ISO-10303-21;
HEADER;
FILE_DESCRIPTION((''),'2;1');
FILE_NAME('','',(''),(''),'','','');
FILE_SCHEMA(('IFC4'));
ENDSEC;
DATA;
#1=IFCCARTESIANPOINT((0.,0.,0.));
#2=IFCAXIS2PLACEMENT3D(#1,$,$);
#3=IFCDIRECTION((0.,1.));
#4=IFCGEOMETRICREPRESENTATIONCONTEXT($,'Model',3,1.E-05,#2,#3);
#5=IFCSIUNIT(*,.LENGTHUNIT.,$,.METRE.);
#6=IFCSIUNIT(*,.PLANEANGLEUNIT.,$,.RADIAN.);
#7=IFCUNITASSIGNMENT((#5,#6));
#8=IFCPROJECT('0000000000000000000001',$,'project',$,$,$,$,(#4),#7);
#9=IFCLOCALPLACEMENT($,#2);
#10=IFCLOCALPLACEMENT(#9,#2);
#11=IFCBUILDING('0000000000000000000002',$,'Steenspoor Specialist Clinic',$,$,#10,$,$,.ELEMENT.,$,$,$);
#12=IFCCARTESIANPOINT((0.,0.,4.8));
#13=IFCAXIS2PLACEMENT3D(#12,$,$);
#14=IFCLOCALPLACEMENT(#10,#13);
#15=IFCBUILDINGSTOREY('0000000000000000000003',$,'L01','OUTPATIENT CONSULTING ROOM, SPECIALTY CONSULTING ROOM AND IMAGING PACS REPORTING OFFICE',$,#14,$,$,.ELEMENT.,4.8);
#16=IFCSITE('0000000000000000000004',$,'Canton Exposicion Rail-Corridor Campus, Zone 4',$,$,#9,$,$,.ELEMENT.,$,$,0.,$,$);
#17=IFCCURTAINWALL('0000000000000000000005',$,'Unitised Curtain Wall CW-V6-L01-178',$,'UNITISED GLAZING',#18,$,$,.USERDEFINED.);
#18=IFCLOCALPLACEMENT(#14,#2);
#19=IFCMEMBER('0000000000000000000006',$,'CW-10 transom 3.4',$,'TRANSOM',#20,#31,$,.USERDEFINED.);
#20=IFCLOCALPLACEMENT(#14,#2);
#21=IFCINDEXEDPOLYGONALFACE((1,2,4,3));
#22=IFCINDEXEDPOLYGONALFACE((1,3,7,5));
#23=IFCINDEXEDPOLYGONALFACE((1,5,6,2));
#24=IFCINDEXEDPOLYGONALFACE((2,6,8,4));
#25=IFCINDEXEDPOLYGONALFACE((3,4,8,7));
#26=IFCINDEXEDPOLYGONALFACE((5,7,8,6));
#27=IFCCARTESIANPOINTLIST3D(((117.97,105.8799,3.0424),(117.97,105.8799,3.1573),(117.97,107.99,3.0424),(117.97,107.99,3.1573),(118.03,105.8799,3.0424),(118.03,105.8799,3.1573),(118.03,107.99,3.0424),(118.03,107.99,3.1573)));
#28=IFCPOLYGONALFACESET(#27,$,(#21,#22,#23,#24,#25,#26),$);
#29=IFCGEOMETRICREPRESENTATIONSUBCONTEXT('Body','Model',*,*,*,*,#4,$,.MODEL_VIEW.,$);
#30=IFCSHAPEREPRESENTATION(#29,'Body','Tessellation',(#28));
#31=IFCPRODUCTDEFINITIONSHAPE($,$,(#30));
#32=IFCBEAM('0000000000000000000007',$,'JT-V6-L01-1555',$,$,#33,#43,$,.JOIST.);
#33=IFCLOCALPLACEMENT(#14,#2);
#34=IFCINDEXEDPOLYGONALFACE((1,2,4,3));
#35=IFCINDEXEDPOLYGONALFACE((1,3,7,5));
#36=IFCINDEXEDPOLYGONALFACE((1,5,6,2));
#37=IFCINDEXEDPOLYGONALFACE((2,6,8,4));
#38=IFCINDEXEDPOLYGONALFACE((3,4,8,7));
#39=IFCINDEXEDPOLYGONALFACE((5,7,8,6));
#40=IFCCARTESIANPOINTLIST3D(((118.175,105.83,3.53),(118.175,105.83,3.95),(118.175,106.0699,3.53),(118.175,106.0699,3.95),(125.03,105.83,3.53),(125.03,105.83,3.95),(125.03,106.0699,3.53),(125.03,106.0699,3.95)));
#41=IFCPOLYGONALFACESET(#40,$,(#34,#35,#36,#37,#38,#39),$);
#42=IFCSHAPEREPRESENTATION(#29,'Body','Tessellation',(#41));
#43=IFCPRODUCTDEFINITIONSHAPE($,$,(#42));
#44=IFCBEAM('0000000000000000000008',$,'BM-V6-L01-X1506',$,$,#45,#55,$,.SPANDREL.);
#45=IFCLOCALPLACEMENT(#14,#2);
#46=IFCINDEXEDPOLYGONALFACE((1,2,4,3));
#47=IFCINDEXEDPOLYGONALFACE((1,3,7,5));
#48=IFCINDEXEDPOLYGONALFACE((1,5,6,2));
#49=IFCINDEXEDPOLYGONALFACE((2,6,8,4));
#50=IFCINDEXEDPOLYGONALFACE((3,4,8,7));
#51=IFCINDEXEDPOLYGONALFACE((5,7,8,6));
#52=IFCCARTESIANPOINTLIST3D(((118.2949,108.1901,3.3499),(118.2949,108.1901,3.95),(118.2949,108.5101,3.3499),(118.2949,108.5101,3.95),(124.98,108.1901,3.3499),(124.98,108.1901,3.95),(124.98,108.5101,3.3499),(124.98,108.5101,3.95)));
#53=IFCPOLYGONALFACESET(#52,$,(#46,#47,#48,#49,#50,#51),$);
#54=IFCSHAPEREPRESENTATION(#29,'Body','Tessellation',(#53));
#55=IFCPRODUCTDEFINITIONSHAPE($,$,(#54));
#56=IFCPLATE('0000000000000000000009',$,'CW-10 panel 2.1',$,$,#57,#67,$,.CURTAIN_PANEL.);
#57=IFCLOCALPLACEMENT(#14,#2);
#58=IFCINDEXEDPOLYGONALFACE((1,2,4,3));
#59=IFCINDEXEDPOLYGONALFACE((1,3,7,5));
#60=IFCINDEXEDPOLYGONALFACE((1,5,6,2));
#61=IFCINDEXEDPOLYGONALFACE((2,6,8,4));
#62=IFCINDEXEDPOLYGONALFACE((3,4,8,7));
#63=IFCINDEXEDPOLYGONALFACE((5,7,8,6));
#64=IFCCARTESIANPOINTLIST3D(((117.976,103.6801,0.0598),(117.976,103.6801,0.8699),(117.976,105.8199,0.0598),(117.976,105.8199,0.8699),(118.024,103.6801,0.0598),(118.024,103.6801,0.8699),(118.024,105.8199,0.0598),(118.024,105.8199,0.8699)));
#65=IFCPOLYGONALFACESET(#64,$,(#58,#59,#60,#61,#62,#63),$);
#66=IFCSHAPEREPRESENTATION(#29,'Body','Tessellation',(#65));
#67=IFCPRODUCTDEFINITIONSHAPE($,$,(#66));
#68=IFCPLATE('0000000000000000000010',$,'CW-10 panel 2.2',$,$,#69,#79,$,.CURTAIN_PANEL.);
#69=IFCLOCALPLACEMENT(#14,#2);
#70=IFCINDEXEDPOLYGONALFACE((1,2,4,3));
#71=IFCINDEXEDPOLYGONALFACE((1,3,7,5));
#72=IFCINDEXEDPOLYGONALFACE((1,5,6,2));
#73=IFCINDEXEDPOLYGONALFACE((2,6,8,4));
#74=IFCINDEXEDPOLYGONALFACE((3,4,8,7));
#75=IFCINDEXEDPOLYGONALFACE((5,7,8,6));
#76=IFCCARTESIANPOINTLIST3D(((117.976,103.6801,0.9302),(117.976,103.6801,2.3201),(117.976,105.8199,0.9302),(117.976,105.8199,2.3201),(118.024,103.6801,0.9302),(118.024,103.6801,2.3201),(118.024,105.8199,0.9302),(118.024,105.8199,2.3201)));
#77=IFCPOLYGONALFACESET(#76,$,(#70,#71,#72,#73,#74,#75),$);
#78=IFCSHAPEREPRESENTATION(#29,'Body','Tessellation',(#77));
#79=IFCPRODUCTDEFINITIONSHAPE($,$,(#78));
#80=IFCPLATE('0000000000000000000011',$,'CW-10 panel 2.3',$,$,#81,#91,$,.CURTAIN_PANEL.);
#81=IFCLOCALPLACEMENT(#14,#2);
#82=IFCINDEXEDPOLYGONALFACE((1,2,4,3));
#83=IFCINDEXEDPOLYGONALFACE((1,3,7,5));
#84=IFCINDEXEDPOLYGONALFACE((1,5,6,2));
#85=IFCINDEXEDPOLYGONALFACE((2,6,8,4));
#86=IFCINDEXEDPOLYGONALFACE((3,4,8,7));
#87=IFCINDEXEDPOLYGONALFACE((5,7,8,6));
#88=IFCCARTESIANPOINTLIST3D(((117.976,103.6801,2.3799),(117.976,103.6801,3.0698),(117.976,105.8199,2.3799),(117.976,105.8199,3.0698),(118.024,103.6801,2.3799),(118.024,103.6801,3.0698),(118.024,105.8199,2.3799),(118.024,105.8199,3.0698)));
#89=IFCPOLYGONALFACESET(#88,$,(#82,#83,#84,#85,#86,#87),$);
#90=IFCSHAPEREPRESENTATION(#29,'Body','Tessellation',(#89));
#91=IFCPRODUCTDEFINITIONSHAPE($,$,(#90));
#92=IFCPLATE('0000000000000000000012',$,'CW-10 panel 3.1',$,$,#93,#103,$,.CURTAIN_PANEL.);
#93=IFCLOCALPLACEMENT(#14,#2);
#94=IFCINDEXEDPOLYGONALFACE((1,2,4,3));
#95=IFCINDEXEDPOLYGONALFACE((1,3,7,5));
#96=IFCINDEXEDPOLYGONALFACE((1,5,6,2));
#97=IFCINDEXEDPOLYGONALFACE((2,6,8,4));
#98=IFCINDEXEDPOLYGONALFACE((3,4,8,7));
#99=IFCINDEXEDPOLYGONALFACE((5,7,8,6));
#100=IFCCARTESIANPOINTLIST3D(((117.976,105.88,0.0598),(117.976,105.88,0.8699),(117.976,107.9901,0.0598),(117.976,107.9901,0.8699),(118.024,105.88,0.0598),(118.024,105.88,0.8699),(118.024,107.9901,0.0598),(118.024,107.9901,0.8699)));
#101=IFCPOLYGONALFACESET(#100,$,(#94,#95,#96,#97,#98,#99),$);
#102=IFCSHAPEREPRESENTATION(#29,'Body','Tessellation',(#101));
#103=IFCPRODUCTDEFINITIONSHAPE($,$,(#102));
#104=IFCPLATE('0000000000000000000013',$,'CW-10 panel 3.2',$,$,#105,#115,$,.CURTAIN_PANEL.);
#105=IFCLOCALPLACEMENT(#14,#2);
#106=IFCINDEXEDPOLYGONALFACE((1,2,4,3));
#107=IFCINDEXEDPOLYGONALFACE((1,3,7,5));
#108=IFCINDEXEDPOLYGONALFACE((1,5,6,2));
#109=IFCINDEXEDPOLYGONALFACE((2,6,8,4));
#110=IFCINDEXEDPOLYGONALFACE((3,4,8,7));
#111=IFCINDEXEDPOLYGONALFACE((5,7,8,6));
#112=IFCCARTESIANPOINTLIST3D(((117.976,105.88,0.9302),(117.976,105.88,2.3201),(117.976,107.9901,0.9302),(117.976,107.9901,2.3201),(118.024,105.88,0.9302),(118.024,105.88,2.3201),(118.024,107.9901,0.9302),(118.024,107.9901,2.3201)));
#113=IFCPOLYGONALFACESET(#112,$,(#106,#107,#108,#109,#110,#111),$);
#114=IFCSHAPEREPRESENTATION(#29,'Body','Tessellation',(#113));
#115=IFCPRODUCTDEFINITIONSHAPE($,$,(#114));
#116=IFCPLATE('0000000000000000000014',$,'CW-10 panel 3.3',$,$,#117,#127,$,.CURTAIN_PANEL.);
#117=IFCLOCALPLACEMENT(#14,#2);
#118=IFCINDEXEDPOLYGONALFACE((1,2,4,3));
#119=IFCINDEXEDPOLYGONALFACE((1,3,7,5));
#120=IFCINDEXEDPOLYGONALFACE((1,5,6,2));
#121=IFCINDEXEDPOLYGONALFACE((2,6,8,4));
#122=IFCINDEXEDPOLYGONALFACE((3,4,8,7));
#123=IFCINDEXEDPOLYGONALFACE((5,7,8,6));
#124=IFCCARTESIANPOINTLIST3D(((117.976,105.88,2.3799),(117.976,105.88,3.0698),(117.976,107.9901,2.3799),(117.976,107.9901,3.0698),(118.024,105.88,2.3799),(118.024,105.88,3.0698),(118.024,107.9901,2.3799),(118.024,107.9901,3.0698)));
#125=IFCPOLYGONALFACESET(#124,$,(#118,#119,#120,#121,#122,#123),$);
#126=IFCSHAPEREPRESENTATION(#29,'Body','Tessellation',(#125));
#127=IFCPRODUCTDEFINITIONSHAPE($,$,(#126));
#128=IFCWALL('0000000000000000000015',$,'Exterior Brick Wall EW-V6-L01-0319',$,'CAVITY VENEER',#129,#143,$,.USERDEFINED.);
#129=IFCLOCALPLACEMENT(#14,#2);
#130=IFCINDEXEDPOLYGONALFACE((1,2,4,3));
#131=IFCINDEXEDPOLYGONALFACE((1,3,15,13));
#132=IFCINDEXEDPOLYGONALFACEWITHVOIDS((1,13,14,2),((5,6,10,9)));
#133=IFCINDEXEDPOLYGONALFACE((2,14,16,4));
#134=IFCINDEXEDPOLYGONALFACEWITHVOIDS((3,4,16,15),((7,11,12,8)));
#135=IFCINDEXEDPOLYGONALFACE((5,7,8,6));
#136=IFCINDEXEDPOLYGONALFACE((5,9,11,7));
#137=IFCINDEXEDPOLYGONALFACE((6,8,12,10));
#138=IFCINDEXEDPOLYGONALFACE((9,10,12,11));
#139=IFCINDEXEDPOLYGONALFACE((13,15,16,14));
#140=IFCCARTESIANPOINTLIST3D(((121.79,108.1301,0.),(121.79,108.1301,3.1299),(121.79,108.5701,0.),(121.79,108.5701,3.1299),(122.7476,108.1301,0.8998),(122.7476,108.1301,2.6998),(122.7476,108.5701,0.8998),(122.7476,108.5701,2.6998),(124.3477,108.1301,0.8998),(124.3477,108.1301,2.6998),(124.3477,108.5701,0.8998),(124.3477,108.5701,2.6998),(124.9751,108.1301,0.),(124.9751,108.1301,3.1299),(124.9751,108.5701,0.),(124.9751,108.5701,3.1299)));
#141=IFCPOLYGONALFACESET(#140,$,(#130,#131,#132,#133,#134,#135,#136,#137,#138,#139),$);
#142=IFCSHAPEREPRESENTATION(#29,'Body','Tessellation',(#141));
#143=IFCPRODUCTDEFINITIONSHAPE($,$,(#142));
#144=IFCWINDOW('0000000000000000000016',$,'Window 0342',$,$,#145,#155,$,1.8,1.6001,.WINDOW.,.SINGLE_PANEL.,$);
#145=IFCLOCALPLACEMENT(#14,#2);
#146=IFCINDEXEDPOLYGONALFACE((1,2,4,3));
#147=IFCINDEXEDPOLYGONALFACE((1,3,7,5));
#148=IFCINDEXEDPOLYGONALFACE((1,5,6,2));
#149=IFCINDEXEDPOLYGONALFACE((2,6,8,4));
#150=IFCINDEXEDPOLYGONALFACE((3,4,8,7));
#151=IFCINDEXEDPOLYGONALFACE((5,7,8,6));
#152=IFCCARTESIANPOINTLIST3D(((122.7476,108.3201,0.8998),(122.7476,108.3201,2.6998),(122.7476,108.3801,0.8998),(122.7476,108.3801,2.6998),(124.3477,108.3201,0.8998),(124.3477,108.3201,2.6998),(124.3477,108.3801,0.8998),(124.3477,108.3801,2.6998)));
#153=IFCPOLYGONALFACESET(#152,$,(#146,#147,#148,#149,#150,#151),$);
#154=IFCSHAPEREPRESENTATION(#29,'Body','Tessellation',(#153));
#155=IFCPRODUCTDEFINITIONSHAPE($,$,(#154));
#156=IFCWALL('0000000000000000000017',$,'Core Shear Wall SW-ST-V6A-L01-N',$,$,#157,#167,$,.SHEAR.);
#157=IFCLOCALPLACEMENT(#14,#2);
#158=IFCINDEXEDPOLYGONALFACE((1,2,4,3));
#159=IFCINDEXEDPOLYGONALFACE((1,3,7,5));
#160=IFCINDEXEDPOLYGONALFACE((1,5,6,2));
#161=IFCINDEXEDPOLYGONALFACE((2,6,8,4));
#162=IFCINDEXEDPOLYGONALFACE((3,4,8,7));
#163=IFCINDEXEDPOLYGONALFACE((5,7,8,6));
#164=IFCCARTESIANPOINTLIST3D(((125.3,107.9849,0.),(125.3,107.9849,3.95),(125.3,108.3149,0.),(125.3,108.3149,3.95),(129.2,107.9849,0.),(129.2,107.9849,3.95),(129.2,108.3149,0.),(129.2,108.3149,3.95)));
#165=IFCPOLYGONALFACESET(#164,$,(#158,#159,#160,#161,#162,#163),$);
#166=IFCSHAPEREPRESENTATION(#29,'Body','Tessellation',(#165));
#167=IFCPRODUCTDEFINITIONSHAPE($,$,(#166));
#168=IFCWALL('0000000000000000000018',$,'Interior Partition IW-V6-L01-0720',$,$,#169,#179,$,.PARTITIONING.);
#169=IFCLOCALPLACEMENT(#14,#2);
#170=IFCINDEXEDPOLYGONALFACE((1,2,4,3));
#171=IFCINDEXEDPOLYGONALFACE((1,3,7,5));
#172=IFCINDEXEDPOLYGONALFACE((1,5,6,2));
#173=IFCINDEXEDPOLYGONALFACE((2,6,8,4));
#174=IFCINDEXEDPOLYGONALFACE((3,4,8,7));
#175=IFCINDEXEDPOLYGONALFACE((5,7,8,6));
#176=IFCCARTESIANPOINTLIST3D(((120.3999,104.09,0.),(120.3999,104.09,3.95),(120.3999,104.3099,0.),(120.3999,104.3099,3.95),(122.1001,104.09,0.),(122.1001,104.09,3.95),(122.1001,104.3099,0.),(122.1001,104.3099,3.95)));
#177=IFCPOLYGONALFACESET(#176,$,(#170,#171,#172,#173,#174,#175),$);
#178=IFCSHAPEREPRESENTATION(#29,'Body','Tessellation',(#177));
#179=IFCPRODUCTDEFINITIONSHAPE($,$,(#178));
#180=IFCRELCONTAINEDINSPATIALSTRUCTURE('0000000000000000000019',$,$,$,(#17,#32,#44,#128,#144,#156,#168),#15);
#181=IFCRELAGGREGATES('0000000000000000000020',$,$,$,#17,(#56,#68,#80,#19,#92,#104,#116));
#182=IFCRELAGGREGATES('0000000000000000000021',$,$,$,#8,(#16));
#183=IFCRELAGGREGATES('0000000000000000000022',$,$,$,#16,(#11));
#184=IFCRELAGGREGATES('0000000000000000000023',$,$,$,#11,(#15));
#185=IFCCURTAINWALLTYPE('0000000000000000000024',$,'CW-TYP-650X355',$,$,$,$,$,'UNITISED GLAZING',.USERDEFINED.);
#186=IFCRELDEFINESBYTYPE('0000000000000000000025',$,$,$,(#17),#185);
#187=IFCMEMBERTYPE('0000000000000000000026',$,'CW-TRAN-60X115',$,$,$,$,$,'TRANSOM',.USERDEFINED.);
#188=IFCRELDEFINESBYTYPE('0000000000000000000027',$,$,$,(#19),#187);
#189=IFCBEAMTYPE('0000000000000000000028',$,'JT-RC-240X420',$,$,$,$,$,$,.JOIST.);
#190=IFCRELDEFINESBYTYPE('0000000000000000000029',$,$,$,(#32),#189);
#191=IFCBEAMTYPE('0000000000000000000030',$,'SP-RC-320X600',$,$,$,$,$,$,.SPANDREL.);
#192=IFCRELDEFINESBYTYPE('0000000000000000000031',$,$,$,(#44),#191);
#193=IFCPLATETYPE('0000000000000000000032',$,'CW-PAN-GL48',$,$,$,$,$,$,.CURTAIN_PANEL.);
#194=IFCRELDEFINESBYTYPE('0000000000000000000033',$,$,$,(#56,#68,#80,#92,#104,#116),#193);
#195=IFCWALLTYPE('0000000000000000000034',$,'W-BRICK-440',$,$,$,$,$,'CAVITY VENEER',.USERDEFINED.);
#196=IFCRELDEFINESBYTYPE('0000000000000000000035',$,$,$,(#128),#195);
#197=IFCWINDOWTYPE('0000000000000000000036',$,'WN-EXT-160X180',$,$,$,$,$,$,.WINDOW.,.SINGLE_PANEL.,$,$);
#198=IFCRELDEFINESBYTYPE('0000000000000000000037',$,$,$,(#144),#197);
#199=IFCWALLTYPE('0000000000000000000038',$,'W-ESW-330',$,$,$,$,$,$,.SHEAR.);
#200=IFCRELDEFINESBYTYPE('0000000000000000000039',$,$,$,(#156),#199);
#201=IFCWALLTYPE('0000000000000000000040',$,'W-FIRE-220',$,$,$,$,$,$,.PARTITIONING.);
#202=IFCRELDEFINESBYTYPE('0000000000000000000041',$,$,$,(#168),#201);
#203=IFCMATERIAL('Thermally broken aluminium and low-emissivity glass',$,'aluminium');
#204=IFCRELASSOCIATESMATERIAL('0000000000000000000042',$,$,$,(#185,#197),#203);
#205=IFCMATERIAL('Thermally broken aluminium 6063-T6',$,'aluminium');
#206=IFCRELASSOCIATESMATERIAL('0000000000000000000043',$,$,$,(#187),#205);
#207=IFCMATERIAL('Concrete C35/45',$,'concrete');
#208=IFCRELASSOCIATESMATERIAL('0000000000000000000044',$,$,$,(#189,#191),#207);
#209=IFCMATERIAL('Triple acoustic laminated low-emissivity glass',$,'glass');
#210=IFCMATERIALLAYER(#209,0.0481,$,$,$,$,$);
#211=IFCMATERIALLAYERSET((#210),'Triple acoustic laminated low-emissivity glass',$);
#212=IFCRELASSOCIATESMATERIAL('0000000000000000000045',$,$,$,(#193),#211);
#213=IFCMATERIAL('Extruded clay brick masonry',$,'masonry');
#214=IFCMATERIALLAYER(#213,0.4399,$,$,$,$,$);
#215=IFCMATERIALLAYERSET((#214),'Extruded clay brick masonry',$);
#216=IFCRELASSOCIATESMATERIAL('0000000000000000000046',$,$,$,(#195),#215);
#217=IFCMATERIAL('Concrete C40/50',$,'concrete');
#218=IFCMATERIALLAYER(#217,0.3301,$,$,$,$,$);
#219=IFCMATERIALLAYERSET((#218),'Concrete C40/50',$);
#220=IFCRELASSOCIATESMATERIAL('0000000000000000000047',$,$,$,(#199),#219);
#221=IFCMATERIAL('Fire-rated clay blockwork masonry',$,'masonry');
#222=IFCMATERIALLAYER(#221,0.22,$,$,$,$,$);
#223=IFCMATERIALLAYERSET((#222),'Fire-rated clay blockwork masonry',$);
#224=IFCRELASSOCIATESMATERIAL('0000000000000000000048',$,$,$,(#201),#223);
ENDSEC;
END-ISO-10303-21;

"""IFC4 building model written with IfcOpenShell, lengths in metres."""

from ifc_helpers import new_model, si_unit, direction, frame, frame_2d, origin, origin_2d, place, context, subcontext, project, spatial, rectangle, extrude, material, layer, layer_set, material_profile, profile_set, type_object, element, fill, aggregate, save


model = new_model("IFC4")

# Units and contexts
model_context = context("Model", 3, precision=1e-05, world=origin(), true_north=direction((0.0, 1.0)))
body_context = subcontext(model_context, "Body", "Model", "MODEL_VIEW")
ifc_project = project(units=[si_unit("LENGTHUNIT", "METRE"), si_unit("PLANEANGLEUNIT", "RADIAN")], contexts=[model_context])

# Site, building, storey
site_placement = place(None, origin())
site = spatial("IfcSite", under=ifc_project, at=site_placement, Name="Canton Exposicion Rail-Corridor Campus, Zone 4", CompositionType="ELEMENT", RefElevation=0.0)
building_placement = place(site_placement, origin())
building = spatial("IfcBuilding", under=site, at=building_placement, Name="Steenspoor Specialist Clinic", CompositionType="ELEMENT")
storey_placement = place(building_placement, frame((0.0, 0.0, 4.8)))
storey = spatial("IfcBuildingStorey", under=building, at=storey_placement, Name="L01", Description="OUTPATIENT CONSULTING ROOM, SPECIALTY CONSULTING ROOM AND IMAGING PACS REPORTING OFFICE", CompositionType="ELEMENT", Elevation=4.8)

# Shared definitions
ifc_material_1 = material(Name="Concrete C40/50", Category="concrete")

# Shared definitions
ifc_material_2 = material(Name="Concrete C35/45", Category="concrete")

# Curtain wall, member
ifc_material_3 = material(Name="Thermally broken aluminium and low-emissivity glass", Category="aluminium")
curtain_wall_type = type_object("IfcCurtainWallType", Name="CW-TYP-650X355", ElementType="UNITISED GLAZING", PredefinedType="USERDEFINED", material=ifc_material_3)
curtain_wall_placement = place(storey_placement, origin())
curtain_wall = element("IfcCurtainWall", 1, at=curtain_wall_placement, inside=storey, type_object=curtain_wall_type, Name="Unitised Curtain Wall CW-V6-L01-178", ObjectType="UNITISED GLAZING", PredefinedType="USERDEFINED")
ifc_material_4 = material(Name="Thermally broken aluminium 6063-T6", Category="aluminium")
ifc_material_profile_1 = material_profile(ifc_material_4, rectangle(XDim=0.0601, YDim=0.115, at=origin_2d()), Name="CWT-60X115")
ifc_profile_set_1 = profile_set([ifc_material_profile_1], Name="Thermally broken aluminium 6063-T6")
member_type_1 = type_object("IfcMemberType", Name="CW-TRAN-60X115", ElementType="TRANSOM", PredefinedType="USERDEFINED", material=ifc_profile_set_1)
member_1_placement = place(storey_placement, frame((118.0, 105.8799, 3.0999), z_axis=(0.0, 1.0, 0.0), x_axis=(-1.0, 0.0, 0.0)))
member_1 = element("IfcMember", 2, at=member_1_placement, type_object=member_type_1, Name="CW-10 transom 3.4", ObjectType="TRANSOM", PredefinedType="USERDEFINED", context=body_context, shape_type="SweptSolid", body=[
    extrude(rectangle(XDim=0.0601, YDim=0.115, at=origin_2d()), origin(), (0.0, 0.0, 1.0), 2.1101),
])

# Beams
ifc_material_profile_2 = material_profile(ifc_material_2, rectangle(XDim=0.24, YDim=0.4199, at=origin_2d()), Name="RC-JT-240X420")
ifc_profile_set_2 = profile_set([ifc_material_profile_2], Name="Concrete C35/45")
beam_type_1 = type_object("IfcBeamType", Name="JT-RC-240X420", PredefinedType="JOIST", material=ifc_profile_set_2)
beam_1_placement = place(storey_placement, frame((118.175, 105.95, 3.74), z_axis=(1.0, 0.0, 0.0), x_axis=(0.0, 1.0, 0.0)))
element("IfcBeam", 3, at=beam_1_placement, inside=storey, type_object=beam_type_1, Name="JT-V6-L01-1555", PredefinedType="JOIST", context=body_context, shape_type="SweptSolid", body=[
    extrude(rectangle(XDim=0.24, YDim=0.4199, at=origin_2d()), origin(), (0.0, 0.0, 1.0), 6.855),
])
ifc_material_profile_3 = material_profile(ifc_material_2, rectangle(XDim=0.3201, YDim=0.6001, at=origin_2d()), Name="RC-SP-320X600")
ifc_profile_set_3 = profile_set([ifc_material_profile_3], Name="Concrete C35/45")
beam_type_2 = type_object("IfcBeamType", Name="SP-RC-320X600", PredefinedType="SPANDREL", material=ifc_profile_set_3)
beam_2_placement = place(storey_placement, frame((118.2949, 108.3501, 3.6499), z_axis=(1.0, 0.0, 0.0), x_axis=(0.0, 1.0, 0.0)))
element("IfcBeam", 4, at=beam_2_placement, inside=storey, type_object=beam_type_2, Name="BM-V6-L01-X1506", PredefinedType="SPANDREL", context=body_context, shape_type="SweptSolid", body=[
    extrude(rectangle(XDim=0.3201, YDim=0.6001, at=origin_2d()), origin(), (0.0, 0.0, 1.0), 6.6851),
])

# Plates
ifc_material_5 = material(Name="Triple acoustic laminated low-emissivity glass", Category="glass")
ifc_layer_1 = layer(ifc_material_5, 0.0481)
ifc_layer_set_1 = layer_set([ifc_layer_1], Name="Triple acoustic laminated low-emissivity glass")
plate_type = type_object("IfcPlateType", Name="CW-PAN-GL48", PredefinedType="CURTAIN_PANEL", material=ifc_layer_set_1)
plate_1_placement = place(storey_placement, frame((118.0, 104.75, 0.0598), z_axis=(0.0, 0.0, 1.0), x_axis=(0.0, 1.0, 0.0)))
plate_1 = element("IfcPlate", 5, at=plate_1_placement, type_object=plate_type, Name="CW-10 panel 2.1", PredefinedType="CURTAIN_PANEL", context=body_context, shape_type="SweptSolid", body=[
    extrude(rectangle(XDim=2.1399, YDim=0.0481, at=origin_2d()), origin(), (0.0, 0.0, 1.0), 0.8101),
])
plate_2_placement = place(storey_placement, frame((118.0, 104.75, 0.9302), z_axis=(0.0, 0.0, 1.0), x_axis=(0.0, 1.0, 0.0)))
plate_2 = element("IfcPlate", 6, at=plate_2_placement, type_object=plate_type, Name="CW-10 panel 2.2", PredefinedType="CURTAIN_PANEL", context=body_context, shape_type="SweptSolid", body=[
    extrude(rectangle(XDim=2.1399, YDim=0.0481, at=origin_2d()), origin(), (0.0, 0.0, 1.0), 1.3899),
])
plate_3_placement = place(storey_placement, frame((118.0, 104.75, 2.3799), z_axis=(0.0, 0.0, 1.0), x_axis=(0.0, 1.0, 0.0)))
plate_3 = element("IfcPlate", 7, at=plate_3_placement, type_object=plate_type, Name="CW-10 panel 2.3", PredefinedType="CURTAIN_PANEL", context=body_context, shape_type="SweptSolid", body=[
    extrude(rectangle(XDim=2.1399, YDim=0.0481, at=origin_2d()), origin(), (0.0, 0.0, 1.0), 0.6899),
])
plate_4_placement = place(storey_placement, frame((118.0, 106.9351, 0.0598), z_axis=(0.0, 0.0, 1.0), x_axis=(0.0, 1.0, 0.0)))
plate_4 = element("IfcPlate", 8, at=plate_4_placement, type_object=plate_type, Name="CW-10 panel 3.1", PredefinedType="CURTAIN_PANEL", context=body_context, shape_type="SweptSolid", body=[
    extrude(rectangle(XDim=2.1101, YDim=0.0481, at=origin_2d()), origin(), (0.0, 0.0, 1.0), 0.8101),
])
plate_5_placement = place(storey_placement, frame((118.0, 106.9351, 0.9302), z_axis=(0.0, 0.0, 1.0), x_axis=(0.0, 1.0, 0.0)))
plate_5 = element("IfcPlate", 9, at=plate_5_placement, type_object=plate_type, Name="CW-10 panel 3.2", PredefinedType="CURTAIN_PANEL", context=body_context, shape_type="SweptSolid", body=[
    extrude(rectangle(XDim=2.1101, YDim=0.0481, at=origin_2d()), origin(), (0.0, 0.0, 1.0), 1.3899),
])
plate_6_placement = place(storey_placement, frame((118.0, 106.9351, 2.3799), z_axis=(0.0, 0.0, 1.0), x_axis=(0.0, 1.0, 0.0)))
plate_6 = element("IfcPlate", 10, at=plate_6_placement, type_object=plate_type, Name="CW-10 panel 3.3", PredefinedType="CURTAIN_PANEL", context=body_context, shape_type="SweptSolid", body=[
    extrude(rectangle(XDim=2.1101, YDim=0.0481, at=origin_2d()), origin(), (0.0, 0.0, 1.0), 0.6899),
])
aggregate(curtain_wall, [plate_1, plate_2, plate_3, member_1, plate_4, plate_5, plate_6])

# Wall, opening, window
ifc_material_6 = material(Name="Extruded clay brick masonry", Category="masonry")
ifc_layer_2 = layer(ifc_material_6, 0.4399)
ifc_layer_set_2 = layer_set([ifc_layer_2], Name="Extruded clay brick masonry")
wall_type_1 = type_object("IfcWallType", Name="W-BRICK-440", ElementType="CAVITY VENEER", PredefinedType="USERDEFINED", material=ifc_layer_set_2)
wall_1_placement = place(storey_placement, frame((121.79, 108.3501, 0.0), z_axis=(0.0, 0.0, 1.0), x_axis=(1.0, 0.0, 0.0)))
wall_1 = element("IfcWall", 11, at=wall_1_placement, inside=storey, type_object=wall_type_1, Name="Exterior Brick Wall EW-V6-L01-0319", ObjectType="CAVITY VENEER", PredefinedType="USERDEFINED", context=body_context, shape_type="SweptSolid", body=[
    extrude(rectangle(XDim=3.1851, YDim=0.4399, at=frame_2d((1.5925, 0.0))), origin(), (0.0, 0.0, 1.0), 3.1299),
])
opening_1_placement = place(wall_1_placement, frame((0.9575, 0.0, 0.8999)))
opening_1 = element("IfcOpeningElement", 12, at=opening_1_placement, cuts=wall_1, PredefinedType="OPENING", context=body_context, shape_type="SweptSolid", body=[
    extrude(rectangle(XDim=1.6001, YDim=1.8, at=frame_2d((0.8, 0.8999))), frame((0.0, 0.23, 0.0), z_axis=(0.0, -1.0, 0.0), x_axis=(1.0, 0.0, 0.0)), (0.0, 0.0, 1.0), 0.46),
])
window_type_1 = type_object("IfcWindowType", Name="WN-EXT-160X180", PartitioningType="SINGLE_PANEL", PredefinedType="WINDOW", material=ifc_material_3)
window_1_placement = place(opening_1_placement, origin())
window_1 = element("IfcWindow", 13, at=window_1_placement, inside=storey, type_object=window_type_1, Name="Window 0342", OverallHeight=1.8, OverallWidth=1.6001, PartitioningType="SINGLE_PANEL", PredefinedType="WINDOW", context=body_context, shape_type="SweptSolid", body=[
    extrude(rectangle(XDim=1.6001, YDim=1.8, at=frame_2d((0.8, 0.8999))), frame((0.0, 0.03, 0.0), z_axis=(0.0, -1.0, 0.0), x_axis=(1.0, 0.0, 0.0)), (0.0, 0.0, 1.0), 0.0601),
])
fill(opening_1, window_1)

# Walls
ifc_layer_3 = layer(ifc_material_1, 0.3301)
ifc_layer_set_3 = layer_set([ifc_layer_3], Name="Concrete C40/50")
wall_type_2 = type_object("IfcWallType", Name="W-ESW-330", PredefinedType="SHEAR", material=ifc_layer_set_3)
wall_2_placement = place(storey_placement, frame((125.3, 108.1499, 0.0), z_axis=(0.0, 0.0, 1.0), x_axis=(1.0, 0.0, 0.0)))
element("IfcWall", 14, at=wall_2_placement, inside=storey, type_object=wall_type_2, Name="Core Shear Wall SW-ST-V6A-L01-N", PredefinedType="SHEAR", context=body_context, shape_type="SweptSolid", body=[
    extrude(rectangle(XDim=3.8999, YDim=0.3301, at=frame_2d((1.95, 0.0))), origin(), (0.0, 0.0, 1.0), 3.95),
])
ifc_material_7 = material(Name="Fire-rated clay blockwork masonry", Category="masonry")
ifc_layer_4 = layer(ifc_material_7, 0.22)
ifc_layer_set_4 = layer_set([ifc_layer_4], Name="Fire-rated clay blockwork masonry")
wall_type_3 = type_object("IfcWallType", Name="W-FIRE-220", PredefinedType="PARTITIONING", material=ifc_layer_set_4)
wall_3_placement = place(storey_placement, frame((120.3999, 104.2, 0.0), z_axis=(0.0, 0.0, 1.0), x_axis=(1.0, 0.0, 0.0)))
element("IfcWall", 15, at=wall_3_placement, inside=storey, type_object=wall_type_3, Name="Interior Partition IW-V6-L01-0720", PredefinedType="PARTITIONING", context=body_context, shape_type="SweptSolid", body=[
    extrude(rectangle(XDim=1.7002, YDim=0.22, at=frame_2d((0.8501, 0.0))), origin(), (0.0, 0.0, 1.0), 3.95),
])

save(model, "model.ifc")
